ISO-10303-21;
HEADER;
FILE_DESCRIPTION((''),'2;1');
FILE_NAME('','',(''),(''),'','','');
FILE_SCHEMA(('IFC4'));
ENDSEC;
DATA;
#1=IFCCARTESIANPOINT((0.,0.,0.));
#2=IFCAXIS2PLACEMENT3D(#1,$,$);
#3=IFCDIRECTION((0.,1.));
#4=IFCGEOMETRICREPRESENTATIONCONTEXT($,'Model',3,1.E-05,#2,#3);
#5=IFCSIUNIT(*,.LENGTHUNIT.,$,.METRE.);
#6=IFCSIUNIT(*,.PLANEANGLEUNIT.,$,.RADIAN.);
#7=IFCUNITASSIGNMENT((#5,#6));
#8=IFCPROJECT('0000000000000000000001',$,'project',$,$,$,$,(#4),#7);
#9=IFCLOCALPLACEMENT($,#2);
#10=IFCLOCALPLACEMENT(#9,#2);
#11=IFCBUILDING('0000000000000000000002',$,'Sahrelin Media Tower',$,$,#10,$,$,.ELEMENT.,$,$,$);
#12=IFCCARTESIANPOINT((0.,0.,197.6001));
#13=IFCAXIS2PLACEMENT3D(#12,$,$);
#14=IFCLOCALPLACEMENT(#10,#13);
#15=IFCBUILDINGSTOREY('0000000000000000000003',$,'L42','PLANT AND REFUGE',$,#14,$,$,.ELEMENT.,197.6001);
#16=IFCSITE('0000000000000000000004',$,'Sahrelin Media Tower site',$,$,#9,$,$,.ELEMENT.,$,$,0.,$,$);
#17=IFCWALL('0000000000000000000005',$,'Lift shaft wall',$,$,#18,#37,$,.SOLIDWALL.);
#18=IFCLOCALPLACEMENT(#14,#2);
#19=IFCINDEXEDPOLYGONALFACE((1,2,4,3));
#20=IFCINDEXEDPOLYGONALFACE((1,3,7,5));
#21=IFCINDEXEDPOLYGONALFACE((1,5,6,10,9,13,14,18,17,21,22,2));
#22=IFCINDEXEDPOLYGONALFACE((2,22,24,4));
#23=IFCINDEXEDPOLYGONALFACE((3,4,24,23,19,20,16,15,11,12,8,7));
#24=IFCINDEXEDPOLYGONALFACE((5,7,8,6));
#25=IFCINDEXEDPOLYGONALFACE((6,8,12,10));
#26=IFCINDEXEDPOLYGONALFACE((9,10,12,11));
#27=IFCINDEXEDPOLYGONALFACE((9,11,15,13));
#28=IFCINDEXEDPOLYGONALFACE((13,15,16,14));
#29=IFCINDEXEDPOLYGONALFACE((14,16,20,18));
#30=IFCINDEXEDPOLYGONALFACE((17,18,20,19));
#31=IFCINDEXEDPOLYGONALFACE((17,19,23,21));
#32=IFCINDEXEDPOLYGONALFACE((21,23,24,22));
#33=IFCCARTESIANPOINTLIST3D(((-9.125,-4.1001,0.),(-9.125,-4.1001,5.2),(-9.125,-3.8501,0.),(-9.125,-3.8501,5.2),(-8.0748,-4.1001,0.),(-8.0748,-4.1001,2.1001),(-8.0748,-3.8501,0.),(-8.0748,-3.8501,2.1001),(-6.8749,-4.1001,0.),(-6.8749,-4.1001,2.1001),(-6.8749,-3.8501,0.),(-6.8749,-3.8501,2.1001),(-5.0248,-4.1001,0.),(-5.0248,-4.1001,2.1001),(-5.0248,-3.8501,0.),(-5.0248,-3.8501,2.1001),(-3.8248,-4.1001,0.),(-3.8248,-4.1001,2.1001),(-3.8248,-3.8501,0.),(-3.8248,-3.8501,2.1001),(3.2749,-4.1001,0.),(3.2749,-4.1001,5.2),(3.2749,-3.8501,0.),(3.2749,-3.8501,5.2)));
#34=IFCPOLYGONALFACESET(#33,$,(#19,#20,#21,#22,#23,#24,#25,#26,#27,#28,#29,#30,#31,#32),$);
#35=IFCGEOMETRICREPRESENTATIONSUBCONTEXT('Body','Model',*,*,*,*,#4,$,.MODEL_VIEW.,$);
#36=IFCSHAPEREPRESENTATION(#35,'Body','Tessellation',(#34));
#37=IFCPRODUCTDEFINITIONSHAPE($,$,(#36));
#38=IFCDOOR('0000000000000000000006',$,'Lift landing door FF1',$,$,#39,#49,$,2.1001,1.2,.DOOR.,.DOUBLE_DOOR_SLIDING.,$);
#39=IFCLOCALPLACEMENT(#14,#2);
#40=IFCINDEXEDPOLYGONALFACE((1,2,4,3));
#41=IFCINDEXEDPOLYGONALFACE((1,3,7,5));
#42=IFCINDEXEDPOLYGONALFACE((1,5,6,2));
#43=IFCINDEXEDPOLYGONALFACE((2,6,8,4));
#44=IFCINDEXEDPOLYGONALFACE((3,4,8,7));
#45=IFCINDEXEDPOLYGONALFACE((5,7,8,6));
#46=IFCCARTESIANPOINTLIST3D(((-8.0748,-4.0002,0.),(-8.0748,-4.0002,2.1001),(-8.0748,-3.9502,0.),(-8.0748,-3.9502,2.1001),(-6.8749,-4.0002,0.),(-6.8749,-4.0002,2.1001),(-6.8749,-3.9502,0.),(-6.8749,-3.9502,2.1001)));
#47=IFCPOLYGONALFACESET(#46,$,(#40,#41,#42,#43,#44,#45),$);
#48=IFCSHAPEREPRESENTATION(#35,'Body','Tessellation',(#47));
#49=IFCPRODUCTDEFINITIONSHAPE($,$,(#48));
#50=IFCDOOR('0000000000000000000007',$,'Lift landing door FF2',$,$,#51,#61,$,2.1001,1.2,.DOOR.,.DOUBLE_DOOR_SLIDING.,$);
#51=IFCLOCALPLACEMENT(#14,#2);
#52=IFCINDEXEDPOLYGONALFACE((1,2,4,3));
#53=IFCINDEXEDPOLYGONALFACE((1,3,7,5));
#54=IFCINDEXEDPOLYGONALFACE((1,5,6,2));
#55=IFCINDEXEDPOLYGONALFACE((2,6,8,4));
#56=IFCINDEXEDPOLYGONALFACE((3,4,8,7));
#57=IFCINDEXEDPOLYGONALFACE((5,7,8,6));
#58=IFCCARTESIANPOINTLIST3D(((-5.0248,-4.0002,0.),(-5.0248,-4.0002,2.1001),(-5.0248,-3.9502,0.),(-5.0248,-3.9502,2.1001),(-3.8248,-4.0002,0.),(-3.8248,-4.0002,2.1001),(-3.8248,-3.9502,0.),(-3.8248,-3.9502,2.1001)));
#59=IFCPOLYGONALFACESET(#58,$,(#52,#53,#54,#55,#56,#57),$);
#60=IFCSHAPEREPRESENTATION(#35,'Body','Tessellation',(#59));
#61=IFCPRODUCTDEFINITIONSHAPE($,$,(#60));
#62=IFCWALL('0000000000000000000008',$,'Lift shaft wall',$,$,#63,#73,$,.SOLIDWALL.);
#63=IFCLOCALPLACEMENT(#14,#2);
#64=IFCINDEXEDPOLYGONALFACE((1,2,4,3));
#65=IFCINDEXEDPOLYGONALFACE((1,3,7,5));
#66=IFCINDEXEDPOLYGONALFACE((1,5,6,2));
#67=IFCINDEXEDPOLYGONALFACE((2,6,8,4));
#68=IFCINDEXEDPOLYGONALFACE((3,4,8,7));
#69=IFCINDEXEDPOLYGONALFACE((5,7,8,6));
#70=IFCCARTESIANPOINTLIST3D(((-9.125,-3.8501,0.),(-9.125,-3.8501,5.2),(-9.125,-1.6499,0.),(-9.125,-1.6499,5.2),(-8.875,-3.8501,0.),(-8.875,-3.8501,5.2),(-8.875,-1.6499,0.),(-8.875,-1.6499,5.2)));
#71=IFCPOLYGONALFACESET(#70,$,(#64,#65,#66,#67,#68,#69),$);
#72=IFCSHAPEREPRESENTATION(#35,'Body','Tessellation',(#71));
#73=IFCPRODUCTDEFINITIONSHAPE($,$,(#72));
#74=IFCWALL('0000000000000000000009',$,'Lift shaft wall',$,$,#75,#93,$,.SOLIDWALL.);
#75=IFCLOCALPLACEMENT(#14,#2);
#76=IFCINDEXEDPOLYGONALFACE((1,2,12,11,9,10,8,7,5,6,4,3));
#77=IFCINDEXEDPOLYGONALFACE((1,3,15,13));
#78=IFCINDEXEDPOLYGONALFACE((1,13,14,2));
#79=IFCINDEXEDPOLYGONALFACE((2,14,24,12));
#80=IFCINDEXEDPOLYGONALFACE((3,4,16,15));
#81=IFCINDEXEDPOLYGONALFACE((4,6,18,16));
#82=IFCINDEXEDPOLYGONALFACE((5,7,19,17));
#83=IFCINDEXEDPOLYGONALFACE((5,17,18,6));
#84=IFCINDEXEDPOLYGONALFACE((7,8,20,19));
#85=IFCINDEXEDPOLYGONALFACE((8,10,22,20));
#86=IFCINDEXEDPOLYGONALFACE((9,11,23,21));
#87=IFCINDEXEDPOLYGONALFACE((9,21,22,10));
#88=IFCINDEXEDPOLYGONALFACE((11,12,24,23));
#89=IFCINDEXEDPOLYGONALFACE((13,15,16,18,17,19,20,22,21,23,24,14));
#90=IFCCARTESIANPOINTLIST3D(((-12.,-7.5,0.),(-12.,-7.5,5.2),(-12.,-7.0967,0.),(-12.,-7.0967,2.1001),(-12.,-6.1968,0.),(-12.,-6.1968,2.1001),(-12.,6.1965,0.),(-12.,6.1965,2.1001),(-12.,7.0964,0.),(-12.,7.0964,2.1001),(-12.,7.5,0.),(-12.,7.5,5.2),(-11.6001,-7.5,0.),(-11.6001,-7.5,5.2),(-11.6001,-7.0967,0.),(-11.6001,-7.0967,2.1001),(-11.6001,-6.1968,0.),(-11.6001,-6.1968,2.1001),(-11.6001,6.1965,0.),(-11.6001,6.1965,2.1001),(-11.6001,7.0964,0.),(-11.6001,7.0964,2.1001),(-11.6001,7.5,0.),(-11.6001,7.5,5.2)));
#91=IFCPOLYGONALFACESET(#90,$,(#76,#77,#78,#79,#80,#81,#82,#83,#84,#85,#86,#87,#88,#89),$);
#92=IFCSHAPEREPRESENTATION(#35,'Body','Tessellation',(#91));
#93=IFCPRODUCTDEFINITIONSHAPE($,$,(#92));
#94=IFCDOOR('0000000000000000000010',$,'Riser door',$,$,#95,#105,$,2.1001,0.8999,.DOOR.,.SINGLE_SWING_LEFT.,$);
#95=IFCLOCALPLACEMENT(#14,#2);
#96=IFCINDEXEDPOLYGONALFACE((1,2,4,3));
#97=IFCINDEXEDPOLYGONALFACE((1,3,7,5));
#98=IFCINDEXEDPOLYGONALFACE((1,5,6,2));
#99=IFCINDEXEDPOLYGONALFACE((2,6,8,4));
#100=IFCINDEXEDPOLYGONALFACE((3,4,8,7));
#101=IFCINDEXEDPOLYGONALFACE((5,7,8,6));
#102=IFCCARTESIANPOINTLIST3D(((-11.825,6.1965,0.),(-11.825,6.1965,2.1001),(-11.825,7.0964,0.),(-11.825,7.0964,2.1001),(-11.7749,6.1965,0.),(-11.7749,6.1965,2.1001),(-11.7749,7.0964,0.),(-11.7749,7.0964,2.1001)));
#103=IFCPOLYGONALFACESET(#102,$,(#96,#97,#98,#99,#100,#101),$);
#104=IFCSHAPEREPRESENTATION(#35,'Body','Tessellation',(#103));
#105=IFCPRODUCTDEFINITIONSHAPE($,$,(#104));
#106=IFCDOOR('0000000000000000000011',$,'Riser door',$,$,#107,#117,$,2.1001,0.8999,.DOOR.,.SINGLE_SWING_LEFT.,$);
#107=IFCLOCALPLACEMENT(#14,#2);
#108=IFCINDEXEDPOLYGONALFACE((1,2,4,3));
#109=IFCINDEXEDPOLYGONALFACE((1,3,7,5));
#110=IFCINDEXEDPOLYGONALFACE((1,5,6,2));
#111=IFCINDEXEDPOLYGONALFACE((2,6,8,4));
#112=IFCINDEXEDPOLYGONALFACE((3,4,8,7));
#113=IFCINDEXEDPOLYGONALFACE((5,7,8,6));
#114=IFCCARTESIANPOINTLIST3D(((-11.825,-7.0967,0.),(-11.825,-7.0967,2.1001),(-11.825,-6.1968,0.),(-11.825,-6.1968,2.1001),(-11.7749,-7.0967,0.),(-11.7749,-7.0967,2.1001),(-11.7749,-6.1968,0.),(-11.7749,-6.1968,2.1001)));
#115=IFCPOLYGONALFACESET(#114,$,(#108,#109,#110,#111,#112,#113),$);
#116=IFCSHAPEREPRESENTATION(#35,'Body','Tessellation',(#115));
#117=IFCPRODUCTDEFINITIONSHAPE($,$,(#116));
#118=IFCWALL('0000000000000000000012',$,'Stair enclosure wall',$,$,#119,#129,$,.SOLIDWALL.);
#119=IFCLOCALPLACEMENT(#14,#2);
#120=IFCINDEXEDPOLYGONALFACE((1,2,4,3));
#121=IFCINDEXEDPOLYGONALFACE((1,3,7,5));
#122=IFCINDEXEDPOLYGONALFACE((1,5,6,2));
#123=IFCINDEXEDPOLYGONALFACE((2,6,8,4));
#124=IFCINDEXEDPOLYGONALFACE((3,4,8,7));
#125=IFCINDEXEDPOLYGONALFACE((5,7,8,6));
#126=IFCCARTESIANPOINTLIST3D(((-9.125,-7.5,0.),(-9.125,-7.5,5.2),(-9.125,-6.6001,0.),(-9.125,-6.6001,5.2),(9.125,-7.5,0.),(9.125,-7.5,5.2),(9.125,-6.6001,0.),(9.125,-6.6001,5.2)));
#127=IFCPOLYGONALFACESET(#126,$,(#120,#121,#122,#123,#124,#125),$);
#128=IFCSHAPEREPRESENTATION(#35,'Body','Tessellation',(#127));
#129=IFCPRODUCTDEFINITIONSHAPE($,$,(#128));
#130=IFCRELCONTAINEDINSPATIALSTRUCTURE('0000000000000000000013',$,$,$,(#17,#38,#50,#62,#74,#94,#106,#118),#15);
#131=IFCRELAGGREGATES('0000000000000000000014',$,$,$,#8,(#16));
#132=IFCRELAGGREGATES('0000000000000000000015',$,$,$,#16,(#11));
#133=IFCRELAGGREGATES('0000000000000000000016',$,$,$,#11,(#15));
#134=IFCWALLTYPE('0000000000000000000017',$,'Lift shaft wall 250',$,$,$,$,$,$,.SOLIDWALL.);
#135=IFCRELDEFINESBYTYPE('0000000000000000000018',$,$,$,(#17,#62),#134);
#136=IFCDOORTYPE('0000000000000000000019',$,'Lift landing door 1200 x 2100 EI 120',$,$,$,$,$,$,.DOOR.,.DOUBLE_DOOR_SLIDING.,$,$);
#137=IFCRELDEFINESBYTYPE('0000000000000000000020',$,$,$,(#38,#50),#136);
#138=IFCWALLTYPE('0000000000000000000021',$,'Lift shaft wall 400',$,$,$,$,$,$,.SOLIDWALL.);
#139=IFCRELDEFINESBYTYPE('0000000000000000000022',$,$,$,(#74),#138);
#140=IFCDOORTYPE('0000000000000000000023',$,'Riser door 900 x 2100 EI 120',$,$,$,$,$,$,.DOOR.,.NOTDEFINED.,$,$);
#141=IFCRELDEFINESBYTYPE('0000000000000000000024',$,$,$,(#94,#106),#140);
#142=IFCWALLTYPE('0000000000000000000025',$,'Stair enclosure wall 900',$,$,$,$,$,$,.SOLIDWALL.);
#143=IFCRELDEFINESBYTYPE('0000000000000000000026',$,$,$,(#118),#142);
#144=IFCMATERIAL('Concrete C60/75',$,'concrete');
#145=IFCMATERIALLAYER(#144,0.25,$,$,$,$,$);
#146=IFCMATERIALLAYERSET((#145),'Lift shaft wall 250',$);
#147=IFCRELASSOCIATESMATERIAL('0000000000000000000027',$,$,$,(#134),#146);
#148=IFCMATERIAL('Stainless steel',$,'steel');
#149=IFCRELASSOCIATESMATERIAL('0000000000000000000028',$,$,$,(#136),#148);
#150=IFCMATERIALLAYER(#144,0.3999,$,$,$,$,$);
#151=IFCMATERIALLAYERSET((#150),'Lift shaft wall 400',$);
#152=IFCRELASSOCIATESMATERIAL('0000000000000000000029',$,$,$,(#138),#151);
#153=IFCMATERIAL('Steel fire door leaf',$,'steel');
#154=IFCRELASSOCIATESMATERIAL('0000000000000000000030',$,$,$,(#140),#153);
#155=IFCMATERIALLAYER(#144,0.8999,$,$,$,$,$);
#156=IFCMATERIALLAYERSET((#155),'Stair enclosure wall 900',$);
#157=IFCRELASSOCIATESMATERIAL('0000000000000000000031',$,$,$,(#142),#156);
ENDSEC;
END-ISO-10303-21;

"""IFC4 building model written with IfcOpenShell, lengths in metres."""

from ifc_helpers import new_model, si_unit, direction, frame, frame_2d, origin, place, context, subcontext, project, spatial, rectangle, extrude, material, layer, layer_set, type_object, element, fill, save


model = new_model("IFC4")

# Units and contexts
model_context = context("Model", 3, precision=1e-05, world=origin(), true_north=direction((0.0, 1.0)))
body_context = subcontext(model_context, "Body", "Model", "MODEL_VIEW")
ifc_project = project(units=[si_unit("LENGTHUNIT", "METRE"), si_unit("PLANEANGLEUNIT", "RADIAN")], contexts=[model_context])

# Site, building, storey
site_placement = place(None, origin())
site = spatial("IfcSite", under=ifc_project, at=site_placement, Name="Sahrelin Media Tower site", CompositionType="ELEMENT", RefElevation=0.0)
building_placement = place(site_placement, origin())
building = spatial("IfcBuilding", under=site, at=building_placement, Name="Sahrelin Media Tower", CompositionType="ELEMENT")
storey_placement = place(building_placement, frame((0.0, 0.0, 197.6001)))
storey = spatial("IfcBuildingStorey", under=building, at=storey_placement, Name="L42", Description="PLANT AND REFUGE", CompositionType="ELEMENT", Elevation=197.6001)

# Shared definitions
ifc_material_1 = material(Name="Concrete C60/75", Category="concrete")
ifc_material_2 = material(Name="Steel fire door leaf", Category="steel")

# Wall, openings, doors
ifc_layer_1 = layer(ifc_material_1, 0.25)
ifc_layer_set_1 = layer_set([ifc_layer_1], Name="Lift shaft wall 250")
wall_type_1 = type_object("IfcWallType", Name="Lift shaft wall 250", PredefinedType="SOLIDWALL", material=ifc_layer_set_1)
ifc_material_3 = material(Name="Stainless steel", Category="steel")
door_type_1 = type_object("IfcDoorType", Name="Lift landing door 1200 x 2100 EI 120", OperationType="DOUBLE_DOOR_SLIDING", PredefinedType="DOOR", material=ifc_material_3)
wall_1_placement = place(storey_placement, frame((-9.125, -3.9751, 0.0), z_axis=(0.0, 0.0, 1.0), x_axis=(1.0, 0.0, 0.0)))
wall_1 = element("IfcWall", 1, at=wall_1_placement, inside=storey, type_object=wall_type_1, Name="Lift shaft wall", PredefinedType="SOLIDWALL", context=body_context, shape_type="SweptSolid", body=[
    extrude(rectangle(XDim=12.3999, YDim=0.25, at=frame_2d((6.2, 0.0))), origin(), (0.0, 0.0, 1.0), 5.2),
])
opening_1_placement = place(wall_1_placement, frame((1.05, 0.0, 0.0)))
opening_1 = element("IfcOpeningElement", 2, at=opening_1_placement, cuts=wall_1, PredefinedType="OPENING", context=body_context, shape_type="SweptSolid", body=[
    extrude(rectangle(XDim=1.2, YDim=2.1001, at=frame_2d((0.6001, 1.05))), frame((0.0, 0.125, 0.0), z_axis=(0.0, -1.0, 0.0), x_axis=(1.0, 0.0, 0.0)), (0.0, 0.0, 1.0), 0.25),
])
opening_2_placement = place(wall_1_placement, frame((4.1001, 0.0, 0.0)))
opening_2 = element("IfcOpeningElement", 3, at=opening_2_placement, cuts=wall_1, PredefinedType="OPENING", context=body_context, shape_type="SweptSolid", body=[
    extrude(rectangle(XDim=1.2, YDim=2.1001, at=frame_2d((0.6001, 1.05))), frame((0.0, 0.125, 0.0), z_axis=(0.0, -1.0, 0.0), x_axis=(1.0, 0.0, 0.0)), (0.0, 0.0, 1.0), 0.25),
])
door_1_placement = place(opening_1_placement, origin())
door_1 = element("IfcDoor", 4, at=door_1_placement, inside=storey, type_object=door_type_1, Name="Lift landing door FF1", OperationType="DOUBLE_DOOR_SLIDING", OverallHeight=2.1001, OverallWidth=1.2, PredefinedType="DOOR", context=body_context, shape_type="SweptSolid", body=[
    extrude(rectangle(XDim=1.2, YDim=2.1001, at=frame_2d((0.6001, 1.05))), frame((0.0, 0.0249, 0.0), z_axis=(0.0, -1.0, 0.0), x_axis=(1.0, 0.0, 0.0)), (0.0, 0.0, 1.0), 0.05),
])
fill(opening_1, door_1)
door_2_placement = place(opening_2_placement, origin())
door_2 = element("IfcDoor", 5, at=door_2_placement, inside=storey, type_object=door_type_1, Name="Lift landing door FF2", OperationType="DOUBLE_DOOR_SLIDING", OverallHeight=2.1001, OverallWidth=1.2, PredefinedType="DOOR", context=body_context, shape_type="SweptSolid", body=[
    extrude(rectangle(XDim=1.2, YDim=2.1001, at=frame_2d((0.6001, 1.05))), frame((0.0, 0.0249, 0.0), z_axis=(0.0, -1.0, 0.0), x_axis=(1.0, 0.0, 0.0)), (0.0, 0.0, 1.0), 0.05),
])
fill(opening_2, door_2)

# Wall
wall_2_placement = place(storey_placement, frame((-9.0, -3.8501, 0.0), z_axis=(0.0, 0.0, 1.0), x_axis=(0.0, 1.0, 0.0)))
element("IfcWall", 6, at=wall_2_placement, inside=storey, type_object=wall_type_1, Name="Lift shaft wall", PredefinedType="SOLIDWALL", context=body_context, shape_type="SweptSolid", body=[
    extrude(rectangle(XDim=2.2002, YDim=0.25, at=frame_2d((1.1001, 0.0))), origin(), (0.0, 0.0, 1.0), 5.2),
])

# Wall, openings, doors
ifc_layer_2 = layer(ifc_material_1, 0.3999)
ifc_layer_set_2 = layer_set([ifc_layer_2], Name="Lift shaft wall 400")
wall_type_2 = type_object("IfcWallType", Name="Lift shaft wall 400", PredefinedType="SOLIDWALL", material=ifc_layer_set_2)
wall_3_placement = place(storey_placement, frame((-11.8, -7.5, 0.0), z_axis=(0.0, 0.0, 1.0), x_axis=(0.0, 1.0, 0.0)))
wall_3 = element("IfcWall", 7, at=wall_3_placement, inside=storey, type_object=wall_type_2, Name="Lift shaft wall", PredefinedType="SOLIDWALL", context=body_context, shape_type="SweptSolid", body=[
    extrude(rectangle(XDim=15.0, YDim=0.3999, at=frame_2d((7.5, 0.0))), origin(), (0.0, 0.0, 1.0), 5.2),
])
opening_3_placement = place(wall_3_placement, frame((13.6965, 0.0, 0.0)))
opening_3 = element("IfcOpeningElement", 8, at=opening_3_placement, cuts=wall_3, PredefinedType="OPENING", context=body_context, shape_type="SweptSolid", body=[
    extrude(rectangle(XDim=0.8999, YDim=2.1001, at=frame_2d((0.45, 1.05))), frame((0.0, 0.2, 0.0), z_axis=(0.0, -1.0, 0.0), x_axis=(1.0, 0.0, 0.0)), (0.0, 0.0, 1.0), 0.3999),
])
opening_4_placement = place(wall_3_placement, frame((0.4033, 0.0, 0.0)))
opening_4 = element("IfcOpeningElement", 9, at=opening_4_placement, cuts=wall_3, PredefinedType="OPENING", context=body_context, shape_type="SweptSolid", body=[
    extrude(rectangle(XDim=0.8999, YDim=2.1001, at=frame_2d((0.45, 1.05))), frame((0.0, 0.2, 0.0), z_axis=(0.0, -1.0, 0.0), x_axis=(1.0, 0.0, 0.0)), (0.0, 0.0, 1.0), 0.3999),
])
door_type_2 = type_object("IfcDoorType", Name="Riser door 900 x 2100 EI 120", OperationType="NOTDEFINED", PredefinedType="DOOR", material=ifc_material_2)
door_3_placement = place(opening_3_placement, origin())
door_3 = element("IfcDoor", 10, at=door_3_placement, inside=storey, type_object=door_type_2, Name="Riser door", OperationType="SINGLE_SWING_LEFT", OverallHeight=2.1001, OverallWidth=0.8999, PredefinedType="DOOR", context=body_context, shape_type="SweptSolid", body=[
    extrude(rectangle(XDim=0.8999, YDim=2.1001, at=frame_2d((0.45, 1.05))), frame((0.0, 0.0249, 0.0), z_axis=(0.0, -1.0, 0.0), x_axis=(1.0, 0.0, 0.0)), (0.0, 0.0, 1.0), 0.05),
])
fill(opening_3, door_3)
door_4_placement = place(opening_4_placement, origin())
door_4 = element("IfcDoor", 11, at=door_4_placement, inside=storey, type_object=door_type_2, Name="Riser door", OperationType="SINGLE_SWING_LEFT", OverallHeight=2.1001, OverallWidth=0.8999, PredefinedType="DOOR", context=body_context, shape_type="SweptSolid", body=[
    extrude(rectangle(XDim=0.8999, YDim=2.1001, at=frame_2d((0.45, 1.05))), frame((0.0, 0.0249, 0.0), z_axis=(0.0, -1.0, 0.0), x_axis=(1.0, 0.0, 0.0)), (0.0, 0.0, 1.0), 0.05),
])
fill(opening_4, door_4)

# Wall
ifc_layer_3 = layer(ifc_material_1, 0.8999)
ifc_layer_set_3 = layer_set([ifc_layer_3], Name="Stair enclosure wall 900")
wall_type_3 = type_object("IfcWallType", Name="Stair enclosure wall 900", PredefinedType="SOLIDWALL", material=ifc_layer_set_3)
wall_4_placement = place(storey_placement, frame((-9.125, -7.05, 0.0), z_axis=(0.0, 0.0, 1.0), x_axis=(1.0, 0.0, 0.0)))
element("IfcWall", 12, at=wall_4_placement, inside=storey, type_object=wall_type_3, Name="Stair enclosure wall", PredefinedType="SOLIDWALL", context=body_context, shape_type="SweptSolid", body=[
    extrude(rectangle(XDim=18.25, YDim=0.8999, at=frame_2d((9.125, 0.0))), origin(), (0.0, 0.0, 1.0), 5.2),
])

save(model, "model.ifc")
